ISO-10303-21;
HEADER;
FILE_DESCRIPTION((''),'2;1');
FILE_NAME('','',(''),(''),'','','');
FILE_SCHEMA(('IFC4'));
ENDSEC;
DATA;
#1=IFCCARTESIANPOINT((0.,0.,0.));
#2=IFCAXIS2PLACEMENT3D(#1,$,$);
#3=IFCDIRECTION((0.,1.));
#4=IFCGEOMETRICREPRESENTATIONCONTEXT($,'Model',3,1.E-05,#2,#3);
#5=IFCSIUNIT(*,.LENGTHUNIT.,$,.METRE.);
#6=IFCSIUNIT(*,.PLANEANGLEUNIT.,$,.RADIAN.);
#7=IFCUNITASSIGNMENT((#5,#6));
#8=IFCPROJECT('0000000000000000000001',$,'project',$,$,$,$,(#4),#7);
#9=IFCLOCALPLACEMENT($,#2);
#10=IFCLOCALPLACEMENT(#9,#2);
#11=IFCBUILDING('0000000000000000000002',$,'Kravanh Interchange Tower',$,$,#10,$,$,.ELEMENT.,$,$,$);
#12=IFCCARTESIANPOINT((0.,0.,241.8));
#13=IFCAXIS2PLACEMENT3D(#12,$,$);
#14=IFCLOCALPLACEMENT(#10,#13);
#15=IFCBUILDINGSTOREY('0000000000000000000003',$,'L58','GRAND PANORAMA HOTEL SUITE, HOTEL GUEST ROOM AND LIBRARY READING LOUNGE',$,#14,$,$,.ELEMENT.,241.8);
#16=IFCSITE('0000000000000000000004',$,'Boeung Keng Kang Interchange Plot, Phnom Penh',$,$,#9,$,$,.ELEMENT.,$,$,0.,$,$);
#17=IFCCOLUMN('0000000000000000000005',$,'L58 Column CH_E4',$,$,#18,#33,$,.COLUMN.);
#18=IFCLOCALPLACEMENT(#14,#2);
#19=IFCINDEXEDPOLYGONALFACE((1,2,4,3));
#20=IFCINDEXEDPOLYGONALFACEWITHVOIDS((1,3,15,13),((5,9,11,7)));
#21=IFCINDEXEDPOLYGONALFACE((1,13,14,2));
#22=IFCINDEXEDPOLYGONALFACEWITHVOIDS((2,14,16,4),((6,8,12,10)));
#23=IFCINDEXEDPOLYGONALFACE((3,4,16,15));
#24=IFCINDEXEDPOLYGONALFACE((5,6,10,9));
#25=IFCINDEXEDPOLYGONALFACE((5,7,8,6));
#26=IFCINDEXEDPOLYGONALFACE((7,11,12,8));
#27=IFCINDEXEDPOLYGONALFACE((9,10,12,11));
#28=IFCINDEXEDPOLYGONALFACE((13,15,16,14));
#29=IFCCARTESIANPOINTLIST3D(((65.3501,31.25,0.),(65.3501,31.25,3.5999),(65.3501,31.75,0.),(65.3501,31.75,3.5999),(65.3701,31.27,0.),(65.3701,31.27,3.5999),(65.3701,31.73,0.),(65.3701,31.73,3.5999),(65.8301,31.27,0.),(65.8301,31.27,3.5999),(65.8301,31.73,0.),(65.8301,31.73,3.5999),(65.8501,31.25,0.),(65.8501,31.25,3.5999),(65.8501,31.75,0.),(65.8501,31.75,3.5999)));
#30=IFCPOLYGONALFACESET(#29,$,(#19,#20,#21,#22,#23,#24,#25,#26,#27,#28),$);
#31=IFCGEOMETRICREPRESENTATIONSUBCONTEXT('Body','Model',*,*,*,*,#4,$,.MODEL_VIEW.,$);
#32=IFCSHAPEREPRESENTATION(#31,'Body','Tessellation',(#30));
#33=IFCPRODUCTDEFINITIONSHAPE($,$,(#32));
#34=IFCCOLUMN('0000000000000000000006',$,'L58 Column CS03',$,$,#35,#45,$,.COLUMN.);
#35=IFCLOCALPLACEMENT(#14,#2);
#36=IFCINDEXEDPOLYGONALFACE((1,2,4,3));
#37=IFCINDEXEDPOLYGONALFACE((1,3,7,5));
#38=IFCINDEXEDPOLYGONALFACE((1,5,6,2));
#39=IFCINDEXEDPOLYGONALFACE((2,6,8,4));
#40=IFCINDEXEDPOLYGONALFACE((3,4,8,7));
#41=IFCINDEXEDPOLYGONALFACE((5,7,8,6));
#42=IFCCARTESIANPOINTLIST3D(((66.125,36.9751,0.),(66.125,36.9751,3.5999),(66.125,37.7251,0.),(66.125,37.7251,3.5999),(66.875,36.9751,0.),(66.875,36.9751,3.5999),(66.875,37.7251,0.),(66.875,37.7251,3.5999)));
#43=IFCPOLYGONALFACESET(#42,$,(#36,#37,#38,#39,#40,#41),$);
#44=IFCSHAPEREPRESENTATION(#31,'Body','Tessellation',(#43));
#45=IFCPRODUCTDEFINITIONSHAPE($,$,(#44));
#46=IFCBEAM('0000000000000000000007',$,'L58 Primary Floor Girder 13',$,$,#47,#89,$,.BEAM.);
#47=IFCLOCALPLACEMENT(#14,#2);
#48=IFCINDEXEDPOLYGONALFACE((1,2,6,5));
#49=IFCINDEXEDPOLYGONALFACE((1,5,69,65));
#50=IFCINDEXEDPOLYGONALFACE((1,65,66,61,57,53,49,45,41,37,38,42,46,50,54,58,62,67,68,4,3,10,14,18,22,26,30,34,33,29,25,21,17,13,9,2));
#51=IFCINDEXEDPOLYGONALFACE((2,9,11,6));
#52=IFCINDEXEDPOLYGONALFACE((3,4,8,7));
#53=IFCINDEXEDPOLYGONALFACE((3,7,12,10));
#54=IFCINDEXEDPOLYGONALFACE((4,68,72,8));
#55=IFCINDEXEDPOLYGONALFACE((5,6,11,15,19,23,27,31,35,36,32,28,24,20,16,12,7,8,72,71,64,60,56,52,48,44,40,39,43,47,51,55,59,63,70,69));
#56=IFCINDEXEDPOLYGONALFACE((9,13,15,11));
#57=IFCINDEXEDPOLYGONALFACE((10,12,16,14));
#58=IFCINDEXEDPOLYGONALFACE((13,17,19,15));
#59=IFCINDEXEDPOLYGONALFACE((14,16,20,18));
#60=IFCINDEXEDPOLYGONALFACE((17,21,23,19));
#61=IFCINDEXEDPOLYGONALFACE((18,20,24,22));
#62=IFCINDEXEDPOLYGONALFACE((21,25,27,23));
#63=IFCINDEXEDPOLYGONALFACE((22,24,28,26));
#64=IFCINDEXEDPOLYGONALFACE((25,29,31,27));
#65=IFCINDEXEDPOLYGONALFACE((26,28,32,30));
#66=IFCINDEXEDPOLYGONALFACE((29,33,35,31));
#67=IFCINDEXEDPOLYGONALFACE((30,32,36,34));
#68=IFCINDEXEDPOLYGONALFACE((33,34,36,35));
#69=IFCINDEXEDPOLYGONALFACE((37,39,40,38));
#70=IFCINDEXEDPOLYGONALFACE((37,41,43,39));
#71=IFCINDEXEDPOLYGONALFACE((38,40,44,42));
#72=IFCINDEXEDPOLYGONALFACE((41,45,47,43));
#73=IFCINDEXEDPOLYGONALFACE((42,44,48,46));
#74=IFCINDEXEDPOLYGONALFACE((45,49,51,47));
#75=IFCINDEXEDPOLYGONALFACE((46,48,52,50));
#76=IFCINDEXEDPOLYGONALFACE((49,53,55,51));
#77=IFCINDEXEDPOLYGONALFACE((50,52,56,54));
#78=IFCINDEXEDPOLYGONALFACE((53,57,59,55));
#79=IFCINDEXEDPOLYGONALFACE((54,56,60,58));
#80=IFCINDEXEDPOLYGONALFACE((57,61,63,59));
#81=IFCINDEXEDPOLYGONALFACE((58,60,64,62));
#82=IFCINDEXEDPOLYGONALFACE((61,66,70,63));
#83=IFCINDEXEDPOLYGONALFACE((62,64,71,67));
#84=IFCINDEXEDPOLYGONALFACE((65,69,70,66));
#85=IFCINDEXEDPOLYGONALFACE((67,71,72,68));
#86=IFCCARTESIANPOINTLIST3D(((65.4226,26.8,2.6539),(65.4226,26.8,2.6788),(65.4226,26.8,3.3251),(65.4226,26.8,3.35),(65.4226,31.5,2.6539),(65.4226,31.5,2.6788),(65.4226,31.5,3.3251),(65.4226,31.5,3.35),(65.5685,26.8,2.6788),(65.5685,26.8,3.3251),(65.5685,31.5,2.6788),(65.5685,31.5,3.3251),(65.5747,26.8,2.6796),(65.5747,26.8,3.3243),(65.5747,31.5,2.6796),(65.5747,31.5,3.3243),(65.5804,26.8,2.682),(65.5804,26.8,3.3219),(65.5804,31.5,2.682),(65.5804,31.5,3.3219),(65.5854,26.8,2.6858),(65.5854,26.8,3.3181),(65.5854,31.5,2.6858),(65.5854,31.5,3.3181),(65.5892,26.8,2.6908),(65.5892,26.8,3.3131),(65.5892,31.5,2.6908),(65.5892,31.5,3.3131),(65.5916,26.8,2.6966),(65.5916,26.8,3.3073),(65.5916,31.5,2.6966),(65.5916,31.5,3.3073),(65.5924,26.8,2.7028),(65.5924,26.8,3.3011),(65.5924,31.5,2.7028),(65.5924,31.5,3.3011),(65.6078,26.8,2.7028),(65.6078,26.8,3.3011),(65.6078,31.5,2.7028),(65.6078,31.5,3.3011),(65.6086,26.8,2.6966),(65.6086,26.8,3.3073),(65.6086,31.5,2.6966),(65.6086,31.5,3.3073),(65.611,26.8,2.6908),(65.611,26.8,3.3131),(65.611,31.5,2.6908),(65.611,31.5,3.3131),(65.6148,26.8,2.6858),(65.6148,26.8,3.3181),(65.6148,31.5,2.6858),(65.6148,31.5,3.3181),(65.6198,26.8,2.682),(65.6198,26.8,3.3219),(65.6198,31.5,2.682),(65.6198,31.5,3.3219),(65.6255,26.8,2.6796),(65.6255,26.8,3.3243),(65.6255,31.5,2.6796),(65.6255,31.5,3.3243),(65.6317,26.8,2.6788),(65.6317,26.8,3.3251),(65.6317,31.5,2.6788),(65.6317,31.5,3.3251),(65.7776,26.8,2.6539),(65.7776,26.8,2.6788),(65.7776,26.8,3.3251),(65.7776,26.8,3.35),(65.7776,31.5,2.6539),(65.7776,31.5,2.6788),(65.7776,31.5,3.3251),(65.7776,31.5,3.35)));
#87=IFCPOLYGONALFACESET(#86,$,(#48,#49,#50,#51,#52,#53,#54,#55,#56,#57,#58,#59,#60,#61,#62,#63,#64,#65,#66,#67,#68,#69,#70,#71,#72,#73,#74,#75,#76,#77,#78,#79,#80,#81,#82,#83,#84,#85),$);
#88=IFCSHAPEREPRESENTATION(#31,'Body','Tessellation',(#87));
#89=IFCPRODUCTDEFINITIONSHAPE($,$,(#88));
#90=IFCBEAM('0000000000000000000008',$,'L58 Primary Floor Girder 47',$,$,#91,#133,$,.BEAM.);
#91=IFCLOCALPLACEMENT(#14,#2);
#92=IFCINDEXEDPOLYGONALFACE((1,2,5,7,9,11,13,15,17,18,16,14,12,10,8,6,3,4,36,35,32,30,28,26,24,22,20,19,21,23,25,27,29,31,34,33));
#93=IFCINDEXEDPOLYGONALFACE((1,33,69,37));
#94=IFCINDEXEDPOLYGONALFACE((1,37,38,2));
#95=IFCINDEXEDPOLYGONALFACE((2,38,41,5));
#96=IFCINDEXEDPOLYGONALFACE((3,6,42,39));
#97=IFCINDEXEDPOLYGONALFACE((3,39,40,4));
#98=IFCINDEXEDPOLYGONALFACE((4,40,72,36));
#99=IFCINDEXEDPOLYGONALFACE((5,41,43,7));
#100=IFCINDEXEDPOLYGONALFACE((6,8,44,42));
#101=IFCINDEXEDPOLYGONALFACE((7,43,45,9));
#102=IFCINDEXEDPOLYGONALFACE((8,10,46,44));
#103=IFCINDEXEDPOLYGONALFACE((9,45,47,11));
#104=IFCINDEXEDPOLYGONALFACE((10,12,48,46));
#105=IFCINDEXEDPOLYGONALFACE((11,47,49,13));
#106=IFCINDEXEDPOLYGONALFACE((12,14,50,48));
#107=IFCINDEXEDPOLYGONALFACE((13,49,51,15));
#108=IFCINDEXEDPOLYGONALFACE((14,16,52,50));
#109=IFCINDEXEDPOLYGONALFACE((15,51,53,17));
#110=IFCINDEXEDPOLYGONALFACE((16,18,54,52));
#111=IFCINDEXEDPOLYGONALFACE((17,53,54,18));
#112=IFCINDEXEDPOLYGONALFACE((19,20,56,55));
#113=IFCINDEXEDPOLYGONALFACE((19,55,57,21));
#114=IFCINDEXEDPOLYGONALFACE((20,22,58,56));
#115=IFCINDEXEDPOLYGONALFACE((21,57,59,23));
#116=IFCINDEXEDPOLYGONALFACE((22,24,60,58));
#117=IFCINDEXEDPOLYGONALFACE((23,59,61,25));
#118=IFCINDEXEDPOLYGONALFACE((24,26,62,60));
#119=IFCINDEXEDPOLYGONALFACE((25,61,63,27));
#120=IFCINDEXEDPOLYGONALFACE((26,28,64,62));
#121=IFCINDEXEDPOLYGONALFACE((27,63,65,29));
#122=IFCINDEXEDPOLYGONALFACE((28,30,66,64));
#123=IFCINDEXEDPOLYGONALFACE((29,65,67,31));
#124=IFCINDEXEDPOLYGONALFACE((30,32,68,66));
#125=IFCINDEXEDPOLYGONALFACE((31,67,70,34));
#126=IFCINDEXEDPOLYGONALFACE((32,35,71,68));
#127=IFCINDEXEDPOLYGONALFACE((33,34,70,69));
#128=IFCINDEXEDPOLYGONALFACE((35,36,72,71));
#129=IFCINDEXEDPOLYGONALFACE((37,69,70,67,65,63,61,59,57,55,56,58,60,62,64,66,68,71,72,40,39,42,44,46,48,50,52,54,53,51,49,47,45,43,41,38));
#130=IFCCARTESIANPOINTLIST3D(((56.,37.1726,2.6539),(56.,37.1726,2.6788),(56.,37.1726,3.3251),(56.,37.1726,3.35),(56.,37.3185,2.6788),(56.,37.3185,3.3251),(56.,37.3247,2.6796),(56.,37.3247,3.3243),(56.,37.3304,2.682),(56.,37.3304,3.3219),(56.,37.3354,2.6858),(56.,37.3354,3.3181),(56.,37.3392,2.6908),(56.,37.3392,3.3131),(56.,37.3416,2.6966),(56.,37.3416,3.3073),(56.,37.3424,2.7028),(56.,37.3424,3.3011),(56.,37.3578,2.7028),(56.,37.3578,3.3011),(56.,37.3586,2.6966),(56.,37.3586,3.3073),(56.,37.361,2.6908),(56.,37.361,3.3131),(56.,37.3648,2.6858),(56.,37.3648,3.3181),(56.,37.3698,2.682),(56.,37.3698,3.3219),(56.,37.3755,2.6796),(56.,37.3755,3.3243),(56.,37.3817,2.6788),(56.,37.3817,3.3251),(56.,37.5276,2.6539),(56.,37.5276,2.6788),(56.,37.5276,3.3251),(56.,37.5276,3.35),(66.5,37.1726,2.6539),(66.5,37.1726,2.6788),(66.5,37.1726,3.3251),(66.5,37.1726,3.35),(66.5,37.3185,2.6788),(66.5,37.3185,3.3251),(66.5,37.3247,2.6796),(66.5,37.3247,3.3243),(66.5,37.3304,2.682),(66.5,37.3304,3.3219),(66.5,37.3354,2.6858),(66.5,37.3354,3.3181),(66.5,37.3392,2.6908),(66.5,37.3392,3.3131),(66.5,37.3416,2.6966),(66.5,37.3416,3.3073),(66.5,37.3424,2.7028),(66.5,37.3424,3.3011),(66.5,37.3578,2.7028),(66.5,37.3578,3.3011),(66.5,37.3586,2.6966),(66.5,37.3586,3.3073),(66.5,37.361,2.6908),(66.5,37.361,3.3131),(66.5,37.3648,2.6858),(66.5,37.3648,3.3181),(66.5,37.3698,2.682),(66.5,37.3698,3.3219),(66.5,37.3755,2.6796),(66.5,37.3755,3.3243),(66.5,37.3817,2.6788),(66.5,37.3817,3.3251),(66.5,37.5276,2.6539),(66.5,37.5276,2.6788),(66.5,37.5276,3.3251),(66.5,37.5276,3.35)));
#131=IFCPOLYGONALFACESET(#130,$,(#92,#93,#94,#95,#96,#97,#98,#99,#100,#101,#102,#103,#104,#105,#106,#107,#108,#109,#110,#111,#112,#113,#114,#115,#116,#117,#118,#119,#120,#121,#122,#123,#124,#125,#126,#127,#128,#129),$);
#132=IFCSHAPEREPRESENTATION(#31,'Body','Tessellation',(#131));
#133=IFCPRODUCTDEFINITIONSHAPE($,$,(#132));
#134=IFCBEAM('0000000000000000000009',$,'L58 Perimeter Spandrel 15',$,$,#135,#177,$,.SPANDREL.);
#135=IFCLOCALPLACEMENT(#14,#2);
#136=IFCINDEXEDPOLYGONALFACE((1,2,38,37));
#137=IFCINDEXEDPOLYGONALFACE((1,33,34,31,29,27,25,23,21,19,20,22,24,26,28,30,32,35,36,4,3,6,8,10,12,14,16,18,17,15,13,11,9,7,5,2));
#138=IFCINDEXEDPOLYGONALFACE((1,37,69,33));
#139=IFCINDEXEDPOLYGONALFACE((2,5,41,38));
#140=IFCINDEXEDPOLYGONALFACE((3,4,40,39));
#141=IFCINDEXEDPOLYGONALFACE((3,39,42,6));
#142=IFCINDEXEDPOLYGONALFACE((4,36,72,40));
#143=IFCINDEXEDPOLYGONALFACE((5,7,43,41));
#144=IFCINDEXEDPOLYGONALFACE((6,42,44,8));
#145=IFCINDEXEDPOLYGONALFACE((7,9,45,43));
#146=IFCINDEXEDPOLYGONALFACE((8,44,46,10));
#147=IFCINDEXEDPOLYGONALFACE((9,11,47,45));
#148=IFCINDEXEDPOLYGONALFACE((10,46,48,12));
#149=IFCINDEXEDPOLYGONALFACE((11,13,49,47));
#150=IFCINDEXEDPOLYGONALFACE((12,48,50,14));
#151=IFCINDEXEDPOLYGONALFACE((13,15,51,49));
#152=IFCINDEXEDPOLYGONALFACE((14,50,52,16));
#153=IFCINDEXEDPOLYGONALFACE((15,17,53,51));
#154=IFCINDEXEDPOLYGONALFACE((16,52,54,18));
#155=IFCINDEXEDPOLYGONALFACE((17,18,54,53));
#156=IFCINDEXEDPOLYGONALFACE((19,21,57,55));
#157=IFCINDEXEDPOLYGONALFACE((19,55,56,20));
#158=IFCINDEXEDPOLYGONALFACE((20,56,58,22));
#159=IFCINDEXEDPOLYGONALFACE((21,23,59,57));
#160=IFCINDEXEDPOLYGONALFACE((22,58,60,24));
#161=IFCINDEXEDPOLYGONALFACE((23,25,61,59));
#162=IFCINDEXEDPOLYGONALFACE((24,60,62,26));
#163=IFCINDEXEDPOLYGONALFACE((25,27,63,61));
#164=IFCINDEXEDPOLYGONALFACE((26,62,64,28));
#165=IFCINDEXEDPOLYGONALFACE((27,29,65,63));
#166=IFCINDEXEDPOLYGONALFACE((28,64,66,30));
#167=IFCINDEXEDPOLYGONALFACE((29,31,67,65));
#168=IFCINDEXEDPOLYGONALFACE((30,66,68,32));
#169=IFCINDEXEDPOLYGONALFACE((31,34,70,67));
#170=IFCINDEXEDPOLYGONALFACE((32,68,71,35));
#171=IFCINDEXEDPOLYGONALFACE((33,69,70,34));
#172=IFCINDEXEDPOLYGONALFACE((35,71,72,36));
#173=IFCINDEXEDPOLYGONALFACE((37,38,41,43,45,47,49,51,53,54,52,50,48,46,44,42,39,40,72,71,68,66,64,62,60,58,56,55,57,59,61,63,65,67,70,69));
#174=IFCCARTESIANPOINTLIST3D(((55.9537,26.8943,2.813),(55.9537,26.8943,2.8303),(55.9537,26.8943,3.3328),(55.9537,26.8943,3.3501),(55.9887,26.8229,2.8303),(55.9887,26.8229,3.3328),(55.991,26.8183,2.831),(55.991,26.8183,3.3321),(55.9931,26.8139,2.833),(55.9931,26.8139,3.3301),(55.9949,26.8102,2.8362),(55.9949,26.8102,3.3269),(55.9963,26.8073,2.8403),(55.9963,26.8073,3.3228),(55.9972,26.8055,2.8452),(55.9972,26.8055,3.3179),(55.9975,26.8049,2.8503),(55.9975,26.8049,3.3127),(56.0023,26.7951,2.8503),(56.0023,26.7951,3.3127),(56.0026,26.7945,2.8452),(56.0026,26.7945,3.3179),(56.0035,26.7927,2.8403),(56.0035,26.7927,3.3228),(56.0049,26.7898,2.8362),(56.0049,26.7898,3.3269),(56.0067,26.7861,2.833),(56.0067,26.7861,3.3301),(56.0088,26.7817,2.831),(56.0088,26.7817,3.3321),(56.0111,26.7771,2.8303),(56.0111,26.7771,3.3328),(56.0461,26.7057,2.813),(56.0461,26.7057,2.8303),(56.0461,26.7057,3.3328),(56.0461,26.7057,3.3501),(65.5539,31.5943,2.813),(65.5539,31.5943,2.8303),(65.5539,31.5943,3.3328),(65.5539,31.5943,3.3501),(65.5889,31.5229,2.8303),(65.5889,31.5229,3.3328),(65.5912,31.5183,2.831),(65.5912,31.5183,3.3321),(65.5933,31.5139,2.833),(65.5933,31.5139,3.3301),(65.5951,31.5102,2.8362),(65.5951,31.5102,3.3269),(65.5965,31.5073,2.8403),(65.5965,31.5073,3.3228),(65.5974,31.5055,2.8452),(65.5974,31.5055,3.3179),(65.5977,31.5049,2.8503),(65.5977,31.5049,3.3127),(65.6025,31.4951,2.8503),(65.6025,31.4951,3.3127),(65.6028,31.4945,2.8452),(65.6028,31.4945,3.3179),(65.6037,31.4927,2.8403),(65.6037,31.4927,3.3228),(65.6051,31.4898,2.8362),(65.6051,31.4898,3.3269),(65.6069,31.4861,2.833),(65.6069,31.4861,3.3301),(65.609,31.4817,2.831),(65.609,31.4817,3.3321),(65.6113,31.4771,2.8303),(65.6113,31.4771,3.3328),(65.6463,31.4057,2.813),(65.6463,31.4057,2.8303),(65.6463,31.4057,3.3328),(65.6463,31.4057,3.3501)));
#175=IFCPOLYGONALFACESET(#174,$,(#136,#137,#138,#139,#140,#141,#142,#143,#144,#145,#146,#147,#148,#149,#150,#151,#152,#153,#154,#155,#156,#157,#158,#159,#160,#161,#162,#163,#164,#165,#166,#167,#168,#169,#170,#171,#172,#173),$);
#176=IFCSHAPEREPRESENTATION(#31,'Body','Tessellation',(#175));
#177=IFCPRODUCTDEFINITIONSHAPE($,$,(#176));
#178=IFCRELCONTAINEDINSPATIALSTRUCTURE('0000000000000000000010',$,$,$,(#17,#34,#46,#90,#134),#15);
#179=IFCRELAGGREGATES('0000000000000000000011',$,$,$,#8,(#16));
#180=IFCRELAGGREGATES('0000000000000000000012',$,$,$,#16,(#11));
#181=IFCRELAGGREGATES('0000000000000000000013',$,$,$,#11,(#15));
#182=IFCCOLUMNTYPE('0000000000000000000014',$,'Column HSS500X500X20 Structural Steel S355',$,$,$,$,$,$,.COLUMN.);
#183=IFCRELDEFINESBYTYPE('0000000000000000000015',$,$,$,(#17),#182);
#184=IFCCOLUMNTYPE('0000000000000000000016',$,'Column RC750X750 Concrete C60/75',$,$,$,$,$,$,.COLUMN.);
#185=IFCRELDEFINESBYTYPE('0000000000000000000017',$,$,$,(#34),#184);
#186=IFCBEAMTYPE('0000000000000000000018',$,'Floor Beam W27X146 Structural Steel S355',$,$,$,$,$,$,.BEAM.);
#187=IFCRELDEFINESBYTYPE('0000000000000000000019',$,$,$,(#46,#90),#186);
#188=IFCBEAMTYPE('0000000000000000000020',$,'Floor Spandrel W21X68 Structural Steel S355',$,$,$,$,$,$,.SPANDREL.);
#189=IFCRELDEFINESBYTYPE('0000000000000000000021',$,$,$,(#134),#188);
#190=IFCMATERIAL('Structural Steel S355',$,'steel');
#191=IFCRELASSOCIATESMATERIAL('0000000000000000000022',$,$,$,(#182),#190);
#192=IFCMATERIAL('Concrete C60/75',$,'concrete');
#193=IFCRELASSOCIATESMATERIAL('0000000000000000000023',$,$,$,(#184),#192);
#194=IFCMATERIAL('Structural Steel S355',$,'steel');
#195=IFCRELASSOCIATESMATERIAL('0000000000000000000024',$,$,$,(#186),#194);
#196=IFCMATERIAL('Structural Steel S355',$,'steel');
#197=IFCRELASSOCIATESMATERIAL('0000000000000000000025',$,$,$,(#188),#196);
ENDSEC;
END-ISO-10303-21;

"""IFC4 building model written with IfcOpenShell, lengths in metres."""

from ifc_helpers import new_model, si_unit, direction, frame, origin, origin_2d, place, context, subcontext, project, spatial, rectangle, hollow_rectangle, i_section, extrude, material, material_profile, profile_set, type_object, element, save


model = new_model("IFC4")

# Units and contexts
model_context = context("Model", 3, precision=1e-05, world=origin(), true_north=direction((0.0, 1.0)))
body_context = subcontext(model_context, "Body", "Model", "MODEL_VIEW")
ifc_project = project(units=[si_unit("LENGTHUNIT", "METRE"), si_unit("PLANEANGLEUNIT", "RADIAN")], contexts=[model_context])

# Site, building, storey
site_placement = place(None, origin())
site = spatial("IfcSite", under=ifc_project, at=site_placement, Name="Boeung Keng Kang Interchange Plot, Phnom Penh", CompositionType="ELEMENT", RefElevation=0.0)
building_placement = place(site_placement, origin())
building = spatial("IfcBuilding", under=site, at=building_placement, Name="Kravanh Interchange Tower", CompositionType="ELEMENT")
storey_placement = place(building_placement, frame((0.0, 0.0, 241.8)))
storey = spatial("IfcBuildingStorey", under=building, at=storey_placement, Name="L58", Description="GRAND PANORAMA HOTEL SUITE, HOTEL GUEST ROOM AND LIBRARY READING LOUNGE", CompositionType="ELEMENT", Elevation=241.8)

# Columns
ifc_material_1 = material(Name="Structural Steel S355", Category="steel")
ifc_material_profile_1 = material_profile(ifc_material_1, hollow_rectangle(XDim=0.5, YDim=0.5, WallThickness=0.02, at=origin_2d()), Name="HSS500X500X20")
ifc_profile_set_1 = profile_set([ifc_material_profile_1], Name="Structural Steel S355")
column_type_1 = type_object("IfcColumnType", Name="Column HSS500X500X20 Structural Steel S355", PredefinedType="COLUMN", material=ifc_profile_set_1)
column_1_placement = place(storey_placement, frame((65.6001, 31.5, 0.0), z_axis=(0.0, 0.0, 1.0), x_axis=(1.0, 0.0, 0.0)))
element("IfcColumn", 1, at=column_1_placement, inside=storey, type_object=column_type_1, Name="L58 Column CH_E4", PredefinedType="COLUMN", context=body_context, shape_type="SweptSolid", body=[
    extrude(hollow_rectangle(XDim=0.5, YDim=0.5, WallThickness=0.02, at=origin_2d()), origin(), (0.0, 0.0, 1.0), 3.5999),
])
ifc_material_2 = material(Name="Concrete C60/75", Category="concrete")
ifc_material_profile_2 = material_profile(ifc_material_2, rectangle(XDim=0.75, YDim=0.75, at=origin_2d()), Name="RC750X750")
ifc_profile_set_2 = profile_set([ifc_material_profile_2], Name="Concrete C60/75")
column_type_2 = type_object("IfcColumnType", Name="Column RC750X750 Concrete C60/75", PredefinedType="COLUMN", material=ifc_profile_set_2)
column_2_placement = place(storey_placement, frame((66.5, 37.3501, 0.0), z_axis=(0.0, 0.0, 1.0), x_axis=(1.0, 0.0, 0.0)))
element("IfcColumn", 2, at=column_2_placement, inside=storey, type_object=column_type_2, Name="L58 Column CS03", PredefinedType="COLUMN", context=body_context, shape_type="SweptSolid", body=[
    extrude(rectangle(XDim=0.75, YDim=0.75, at=origin_2d()), origin(), (0.0, 0.0, 1.0), 3.5999),
])

# Beams
ifc_material_3 = material(Name="Structural Steel S355", Category="steel")
ifc_material_profile_3 = material_profile(ifc_material_3, i_section(OverallWidth=0.355, OverallDepth=0.696, WebThickness=0.0154, FlangeThickness=0.0249, FilletRadius=0.0239, at=origin_2d()), Name="W27X146")
ifc_profile_set_3 = profile_set([ifc_material_profile_3], Name="Structural Steel S355")
beam_type_1 = type_object("IfcBeamType", Name="Floor Beam W27X146 Structural Steel S355", PredefinedType="BEAM", material=ifc_profile_set_3)
beam_1_placement = place(storey_placement, frame((65.6001, 31.5, 3.002), z_axis=(0.0, -1.0, 0.0), x_axis=(1.0, 0.0, 0.0)))
element("IfcBeam", 3, at=beam_1_placement, inside=storey, type_object=beam_type_1, Name="L58 Primary Floor Girder 13", PredefinedType="BEAM", context=body_context, shape_type="SweptSolid", body=[
    extrude(i_section(OverallWidth=0.355, OverallDepth=0.696, WebThickness=0.0154, FlangeThickness=0.0249, FilletRadius=0.0239, at=origin_2d()), origin(), (0.0, 0.0, 1.0), 4.7),
])
beam_2_placement = place(storey_placement, frame((66.5, 37.3501, 3.002), z_axis=(-1.0, 0.0, 0.0), x_axis=(0.0, -1.0, 0.0)))
element("IfcBeam", 4, at=beam_2_placement, inside=storey, type_object=beam_type_1, Name="L58 Primary Floor Girder 47", PredefinedType="BEAM", context=body_context, shape_type="SweptSolid", body=[
    extrude(i_section(OverallWidth=0.355, OverallDepth=0.696, WebThickness=0.0154, FlangeThickness=0.0249, FilletRadius=0.0239, at=origin_2d()), origin(), (0.0, 0.0, 1.0), 10.5),
])
ifc_material_4 = material(Name="Structural Steel S355", Category="steel")
ifc_material_profile_4 = material_profile(ifc_material_4, i_section(OverallWidth=0.21, OverallDepth=0.5371, WebThickness=0.011, FlangeThickness=0.0173, FilletRadius=0.02, at=origin_2d()), Name="W21X68")
ifc_profile_set_4 = profile_set([ifc_material_profile_4], Name="Structural Steel S355")
beam_type_2 = type_object("IfcBeamType", Name="Floor Spandrel W21X68 Structural Steel S355", PredefinedType="SPANDREL", material=ifc_profile_set_4)
beam_3_placement = place(storey_placement, frame((65.6001, 31.5, 3.0815), z_axis=(-0.898142, -0.439706, 0.0), x_axis=(0.439706, -0.898142, 0.0)))
element("IfcBeam", 5, at=beam_3_placement, inside=storey, type_object=beam_type_2, Name="L58 Perimeter Spandrel 15", PredefinedType="SPANDREL", context=body_context, shape_type="SweptSolid", body=[
    extrude(i_section(OverallWidth=0.21, OverallDepth=0.5371, WebThickness=0.011, FlangeThickness=0.0173, FilletRadius=0.02, at=origin_2d()), origin(), (0.0, 0.0, 1.0), 10.689),
])

save(model, "model.ifc")
